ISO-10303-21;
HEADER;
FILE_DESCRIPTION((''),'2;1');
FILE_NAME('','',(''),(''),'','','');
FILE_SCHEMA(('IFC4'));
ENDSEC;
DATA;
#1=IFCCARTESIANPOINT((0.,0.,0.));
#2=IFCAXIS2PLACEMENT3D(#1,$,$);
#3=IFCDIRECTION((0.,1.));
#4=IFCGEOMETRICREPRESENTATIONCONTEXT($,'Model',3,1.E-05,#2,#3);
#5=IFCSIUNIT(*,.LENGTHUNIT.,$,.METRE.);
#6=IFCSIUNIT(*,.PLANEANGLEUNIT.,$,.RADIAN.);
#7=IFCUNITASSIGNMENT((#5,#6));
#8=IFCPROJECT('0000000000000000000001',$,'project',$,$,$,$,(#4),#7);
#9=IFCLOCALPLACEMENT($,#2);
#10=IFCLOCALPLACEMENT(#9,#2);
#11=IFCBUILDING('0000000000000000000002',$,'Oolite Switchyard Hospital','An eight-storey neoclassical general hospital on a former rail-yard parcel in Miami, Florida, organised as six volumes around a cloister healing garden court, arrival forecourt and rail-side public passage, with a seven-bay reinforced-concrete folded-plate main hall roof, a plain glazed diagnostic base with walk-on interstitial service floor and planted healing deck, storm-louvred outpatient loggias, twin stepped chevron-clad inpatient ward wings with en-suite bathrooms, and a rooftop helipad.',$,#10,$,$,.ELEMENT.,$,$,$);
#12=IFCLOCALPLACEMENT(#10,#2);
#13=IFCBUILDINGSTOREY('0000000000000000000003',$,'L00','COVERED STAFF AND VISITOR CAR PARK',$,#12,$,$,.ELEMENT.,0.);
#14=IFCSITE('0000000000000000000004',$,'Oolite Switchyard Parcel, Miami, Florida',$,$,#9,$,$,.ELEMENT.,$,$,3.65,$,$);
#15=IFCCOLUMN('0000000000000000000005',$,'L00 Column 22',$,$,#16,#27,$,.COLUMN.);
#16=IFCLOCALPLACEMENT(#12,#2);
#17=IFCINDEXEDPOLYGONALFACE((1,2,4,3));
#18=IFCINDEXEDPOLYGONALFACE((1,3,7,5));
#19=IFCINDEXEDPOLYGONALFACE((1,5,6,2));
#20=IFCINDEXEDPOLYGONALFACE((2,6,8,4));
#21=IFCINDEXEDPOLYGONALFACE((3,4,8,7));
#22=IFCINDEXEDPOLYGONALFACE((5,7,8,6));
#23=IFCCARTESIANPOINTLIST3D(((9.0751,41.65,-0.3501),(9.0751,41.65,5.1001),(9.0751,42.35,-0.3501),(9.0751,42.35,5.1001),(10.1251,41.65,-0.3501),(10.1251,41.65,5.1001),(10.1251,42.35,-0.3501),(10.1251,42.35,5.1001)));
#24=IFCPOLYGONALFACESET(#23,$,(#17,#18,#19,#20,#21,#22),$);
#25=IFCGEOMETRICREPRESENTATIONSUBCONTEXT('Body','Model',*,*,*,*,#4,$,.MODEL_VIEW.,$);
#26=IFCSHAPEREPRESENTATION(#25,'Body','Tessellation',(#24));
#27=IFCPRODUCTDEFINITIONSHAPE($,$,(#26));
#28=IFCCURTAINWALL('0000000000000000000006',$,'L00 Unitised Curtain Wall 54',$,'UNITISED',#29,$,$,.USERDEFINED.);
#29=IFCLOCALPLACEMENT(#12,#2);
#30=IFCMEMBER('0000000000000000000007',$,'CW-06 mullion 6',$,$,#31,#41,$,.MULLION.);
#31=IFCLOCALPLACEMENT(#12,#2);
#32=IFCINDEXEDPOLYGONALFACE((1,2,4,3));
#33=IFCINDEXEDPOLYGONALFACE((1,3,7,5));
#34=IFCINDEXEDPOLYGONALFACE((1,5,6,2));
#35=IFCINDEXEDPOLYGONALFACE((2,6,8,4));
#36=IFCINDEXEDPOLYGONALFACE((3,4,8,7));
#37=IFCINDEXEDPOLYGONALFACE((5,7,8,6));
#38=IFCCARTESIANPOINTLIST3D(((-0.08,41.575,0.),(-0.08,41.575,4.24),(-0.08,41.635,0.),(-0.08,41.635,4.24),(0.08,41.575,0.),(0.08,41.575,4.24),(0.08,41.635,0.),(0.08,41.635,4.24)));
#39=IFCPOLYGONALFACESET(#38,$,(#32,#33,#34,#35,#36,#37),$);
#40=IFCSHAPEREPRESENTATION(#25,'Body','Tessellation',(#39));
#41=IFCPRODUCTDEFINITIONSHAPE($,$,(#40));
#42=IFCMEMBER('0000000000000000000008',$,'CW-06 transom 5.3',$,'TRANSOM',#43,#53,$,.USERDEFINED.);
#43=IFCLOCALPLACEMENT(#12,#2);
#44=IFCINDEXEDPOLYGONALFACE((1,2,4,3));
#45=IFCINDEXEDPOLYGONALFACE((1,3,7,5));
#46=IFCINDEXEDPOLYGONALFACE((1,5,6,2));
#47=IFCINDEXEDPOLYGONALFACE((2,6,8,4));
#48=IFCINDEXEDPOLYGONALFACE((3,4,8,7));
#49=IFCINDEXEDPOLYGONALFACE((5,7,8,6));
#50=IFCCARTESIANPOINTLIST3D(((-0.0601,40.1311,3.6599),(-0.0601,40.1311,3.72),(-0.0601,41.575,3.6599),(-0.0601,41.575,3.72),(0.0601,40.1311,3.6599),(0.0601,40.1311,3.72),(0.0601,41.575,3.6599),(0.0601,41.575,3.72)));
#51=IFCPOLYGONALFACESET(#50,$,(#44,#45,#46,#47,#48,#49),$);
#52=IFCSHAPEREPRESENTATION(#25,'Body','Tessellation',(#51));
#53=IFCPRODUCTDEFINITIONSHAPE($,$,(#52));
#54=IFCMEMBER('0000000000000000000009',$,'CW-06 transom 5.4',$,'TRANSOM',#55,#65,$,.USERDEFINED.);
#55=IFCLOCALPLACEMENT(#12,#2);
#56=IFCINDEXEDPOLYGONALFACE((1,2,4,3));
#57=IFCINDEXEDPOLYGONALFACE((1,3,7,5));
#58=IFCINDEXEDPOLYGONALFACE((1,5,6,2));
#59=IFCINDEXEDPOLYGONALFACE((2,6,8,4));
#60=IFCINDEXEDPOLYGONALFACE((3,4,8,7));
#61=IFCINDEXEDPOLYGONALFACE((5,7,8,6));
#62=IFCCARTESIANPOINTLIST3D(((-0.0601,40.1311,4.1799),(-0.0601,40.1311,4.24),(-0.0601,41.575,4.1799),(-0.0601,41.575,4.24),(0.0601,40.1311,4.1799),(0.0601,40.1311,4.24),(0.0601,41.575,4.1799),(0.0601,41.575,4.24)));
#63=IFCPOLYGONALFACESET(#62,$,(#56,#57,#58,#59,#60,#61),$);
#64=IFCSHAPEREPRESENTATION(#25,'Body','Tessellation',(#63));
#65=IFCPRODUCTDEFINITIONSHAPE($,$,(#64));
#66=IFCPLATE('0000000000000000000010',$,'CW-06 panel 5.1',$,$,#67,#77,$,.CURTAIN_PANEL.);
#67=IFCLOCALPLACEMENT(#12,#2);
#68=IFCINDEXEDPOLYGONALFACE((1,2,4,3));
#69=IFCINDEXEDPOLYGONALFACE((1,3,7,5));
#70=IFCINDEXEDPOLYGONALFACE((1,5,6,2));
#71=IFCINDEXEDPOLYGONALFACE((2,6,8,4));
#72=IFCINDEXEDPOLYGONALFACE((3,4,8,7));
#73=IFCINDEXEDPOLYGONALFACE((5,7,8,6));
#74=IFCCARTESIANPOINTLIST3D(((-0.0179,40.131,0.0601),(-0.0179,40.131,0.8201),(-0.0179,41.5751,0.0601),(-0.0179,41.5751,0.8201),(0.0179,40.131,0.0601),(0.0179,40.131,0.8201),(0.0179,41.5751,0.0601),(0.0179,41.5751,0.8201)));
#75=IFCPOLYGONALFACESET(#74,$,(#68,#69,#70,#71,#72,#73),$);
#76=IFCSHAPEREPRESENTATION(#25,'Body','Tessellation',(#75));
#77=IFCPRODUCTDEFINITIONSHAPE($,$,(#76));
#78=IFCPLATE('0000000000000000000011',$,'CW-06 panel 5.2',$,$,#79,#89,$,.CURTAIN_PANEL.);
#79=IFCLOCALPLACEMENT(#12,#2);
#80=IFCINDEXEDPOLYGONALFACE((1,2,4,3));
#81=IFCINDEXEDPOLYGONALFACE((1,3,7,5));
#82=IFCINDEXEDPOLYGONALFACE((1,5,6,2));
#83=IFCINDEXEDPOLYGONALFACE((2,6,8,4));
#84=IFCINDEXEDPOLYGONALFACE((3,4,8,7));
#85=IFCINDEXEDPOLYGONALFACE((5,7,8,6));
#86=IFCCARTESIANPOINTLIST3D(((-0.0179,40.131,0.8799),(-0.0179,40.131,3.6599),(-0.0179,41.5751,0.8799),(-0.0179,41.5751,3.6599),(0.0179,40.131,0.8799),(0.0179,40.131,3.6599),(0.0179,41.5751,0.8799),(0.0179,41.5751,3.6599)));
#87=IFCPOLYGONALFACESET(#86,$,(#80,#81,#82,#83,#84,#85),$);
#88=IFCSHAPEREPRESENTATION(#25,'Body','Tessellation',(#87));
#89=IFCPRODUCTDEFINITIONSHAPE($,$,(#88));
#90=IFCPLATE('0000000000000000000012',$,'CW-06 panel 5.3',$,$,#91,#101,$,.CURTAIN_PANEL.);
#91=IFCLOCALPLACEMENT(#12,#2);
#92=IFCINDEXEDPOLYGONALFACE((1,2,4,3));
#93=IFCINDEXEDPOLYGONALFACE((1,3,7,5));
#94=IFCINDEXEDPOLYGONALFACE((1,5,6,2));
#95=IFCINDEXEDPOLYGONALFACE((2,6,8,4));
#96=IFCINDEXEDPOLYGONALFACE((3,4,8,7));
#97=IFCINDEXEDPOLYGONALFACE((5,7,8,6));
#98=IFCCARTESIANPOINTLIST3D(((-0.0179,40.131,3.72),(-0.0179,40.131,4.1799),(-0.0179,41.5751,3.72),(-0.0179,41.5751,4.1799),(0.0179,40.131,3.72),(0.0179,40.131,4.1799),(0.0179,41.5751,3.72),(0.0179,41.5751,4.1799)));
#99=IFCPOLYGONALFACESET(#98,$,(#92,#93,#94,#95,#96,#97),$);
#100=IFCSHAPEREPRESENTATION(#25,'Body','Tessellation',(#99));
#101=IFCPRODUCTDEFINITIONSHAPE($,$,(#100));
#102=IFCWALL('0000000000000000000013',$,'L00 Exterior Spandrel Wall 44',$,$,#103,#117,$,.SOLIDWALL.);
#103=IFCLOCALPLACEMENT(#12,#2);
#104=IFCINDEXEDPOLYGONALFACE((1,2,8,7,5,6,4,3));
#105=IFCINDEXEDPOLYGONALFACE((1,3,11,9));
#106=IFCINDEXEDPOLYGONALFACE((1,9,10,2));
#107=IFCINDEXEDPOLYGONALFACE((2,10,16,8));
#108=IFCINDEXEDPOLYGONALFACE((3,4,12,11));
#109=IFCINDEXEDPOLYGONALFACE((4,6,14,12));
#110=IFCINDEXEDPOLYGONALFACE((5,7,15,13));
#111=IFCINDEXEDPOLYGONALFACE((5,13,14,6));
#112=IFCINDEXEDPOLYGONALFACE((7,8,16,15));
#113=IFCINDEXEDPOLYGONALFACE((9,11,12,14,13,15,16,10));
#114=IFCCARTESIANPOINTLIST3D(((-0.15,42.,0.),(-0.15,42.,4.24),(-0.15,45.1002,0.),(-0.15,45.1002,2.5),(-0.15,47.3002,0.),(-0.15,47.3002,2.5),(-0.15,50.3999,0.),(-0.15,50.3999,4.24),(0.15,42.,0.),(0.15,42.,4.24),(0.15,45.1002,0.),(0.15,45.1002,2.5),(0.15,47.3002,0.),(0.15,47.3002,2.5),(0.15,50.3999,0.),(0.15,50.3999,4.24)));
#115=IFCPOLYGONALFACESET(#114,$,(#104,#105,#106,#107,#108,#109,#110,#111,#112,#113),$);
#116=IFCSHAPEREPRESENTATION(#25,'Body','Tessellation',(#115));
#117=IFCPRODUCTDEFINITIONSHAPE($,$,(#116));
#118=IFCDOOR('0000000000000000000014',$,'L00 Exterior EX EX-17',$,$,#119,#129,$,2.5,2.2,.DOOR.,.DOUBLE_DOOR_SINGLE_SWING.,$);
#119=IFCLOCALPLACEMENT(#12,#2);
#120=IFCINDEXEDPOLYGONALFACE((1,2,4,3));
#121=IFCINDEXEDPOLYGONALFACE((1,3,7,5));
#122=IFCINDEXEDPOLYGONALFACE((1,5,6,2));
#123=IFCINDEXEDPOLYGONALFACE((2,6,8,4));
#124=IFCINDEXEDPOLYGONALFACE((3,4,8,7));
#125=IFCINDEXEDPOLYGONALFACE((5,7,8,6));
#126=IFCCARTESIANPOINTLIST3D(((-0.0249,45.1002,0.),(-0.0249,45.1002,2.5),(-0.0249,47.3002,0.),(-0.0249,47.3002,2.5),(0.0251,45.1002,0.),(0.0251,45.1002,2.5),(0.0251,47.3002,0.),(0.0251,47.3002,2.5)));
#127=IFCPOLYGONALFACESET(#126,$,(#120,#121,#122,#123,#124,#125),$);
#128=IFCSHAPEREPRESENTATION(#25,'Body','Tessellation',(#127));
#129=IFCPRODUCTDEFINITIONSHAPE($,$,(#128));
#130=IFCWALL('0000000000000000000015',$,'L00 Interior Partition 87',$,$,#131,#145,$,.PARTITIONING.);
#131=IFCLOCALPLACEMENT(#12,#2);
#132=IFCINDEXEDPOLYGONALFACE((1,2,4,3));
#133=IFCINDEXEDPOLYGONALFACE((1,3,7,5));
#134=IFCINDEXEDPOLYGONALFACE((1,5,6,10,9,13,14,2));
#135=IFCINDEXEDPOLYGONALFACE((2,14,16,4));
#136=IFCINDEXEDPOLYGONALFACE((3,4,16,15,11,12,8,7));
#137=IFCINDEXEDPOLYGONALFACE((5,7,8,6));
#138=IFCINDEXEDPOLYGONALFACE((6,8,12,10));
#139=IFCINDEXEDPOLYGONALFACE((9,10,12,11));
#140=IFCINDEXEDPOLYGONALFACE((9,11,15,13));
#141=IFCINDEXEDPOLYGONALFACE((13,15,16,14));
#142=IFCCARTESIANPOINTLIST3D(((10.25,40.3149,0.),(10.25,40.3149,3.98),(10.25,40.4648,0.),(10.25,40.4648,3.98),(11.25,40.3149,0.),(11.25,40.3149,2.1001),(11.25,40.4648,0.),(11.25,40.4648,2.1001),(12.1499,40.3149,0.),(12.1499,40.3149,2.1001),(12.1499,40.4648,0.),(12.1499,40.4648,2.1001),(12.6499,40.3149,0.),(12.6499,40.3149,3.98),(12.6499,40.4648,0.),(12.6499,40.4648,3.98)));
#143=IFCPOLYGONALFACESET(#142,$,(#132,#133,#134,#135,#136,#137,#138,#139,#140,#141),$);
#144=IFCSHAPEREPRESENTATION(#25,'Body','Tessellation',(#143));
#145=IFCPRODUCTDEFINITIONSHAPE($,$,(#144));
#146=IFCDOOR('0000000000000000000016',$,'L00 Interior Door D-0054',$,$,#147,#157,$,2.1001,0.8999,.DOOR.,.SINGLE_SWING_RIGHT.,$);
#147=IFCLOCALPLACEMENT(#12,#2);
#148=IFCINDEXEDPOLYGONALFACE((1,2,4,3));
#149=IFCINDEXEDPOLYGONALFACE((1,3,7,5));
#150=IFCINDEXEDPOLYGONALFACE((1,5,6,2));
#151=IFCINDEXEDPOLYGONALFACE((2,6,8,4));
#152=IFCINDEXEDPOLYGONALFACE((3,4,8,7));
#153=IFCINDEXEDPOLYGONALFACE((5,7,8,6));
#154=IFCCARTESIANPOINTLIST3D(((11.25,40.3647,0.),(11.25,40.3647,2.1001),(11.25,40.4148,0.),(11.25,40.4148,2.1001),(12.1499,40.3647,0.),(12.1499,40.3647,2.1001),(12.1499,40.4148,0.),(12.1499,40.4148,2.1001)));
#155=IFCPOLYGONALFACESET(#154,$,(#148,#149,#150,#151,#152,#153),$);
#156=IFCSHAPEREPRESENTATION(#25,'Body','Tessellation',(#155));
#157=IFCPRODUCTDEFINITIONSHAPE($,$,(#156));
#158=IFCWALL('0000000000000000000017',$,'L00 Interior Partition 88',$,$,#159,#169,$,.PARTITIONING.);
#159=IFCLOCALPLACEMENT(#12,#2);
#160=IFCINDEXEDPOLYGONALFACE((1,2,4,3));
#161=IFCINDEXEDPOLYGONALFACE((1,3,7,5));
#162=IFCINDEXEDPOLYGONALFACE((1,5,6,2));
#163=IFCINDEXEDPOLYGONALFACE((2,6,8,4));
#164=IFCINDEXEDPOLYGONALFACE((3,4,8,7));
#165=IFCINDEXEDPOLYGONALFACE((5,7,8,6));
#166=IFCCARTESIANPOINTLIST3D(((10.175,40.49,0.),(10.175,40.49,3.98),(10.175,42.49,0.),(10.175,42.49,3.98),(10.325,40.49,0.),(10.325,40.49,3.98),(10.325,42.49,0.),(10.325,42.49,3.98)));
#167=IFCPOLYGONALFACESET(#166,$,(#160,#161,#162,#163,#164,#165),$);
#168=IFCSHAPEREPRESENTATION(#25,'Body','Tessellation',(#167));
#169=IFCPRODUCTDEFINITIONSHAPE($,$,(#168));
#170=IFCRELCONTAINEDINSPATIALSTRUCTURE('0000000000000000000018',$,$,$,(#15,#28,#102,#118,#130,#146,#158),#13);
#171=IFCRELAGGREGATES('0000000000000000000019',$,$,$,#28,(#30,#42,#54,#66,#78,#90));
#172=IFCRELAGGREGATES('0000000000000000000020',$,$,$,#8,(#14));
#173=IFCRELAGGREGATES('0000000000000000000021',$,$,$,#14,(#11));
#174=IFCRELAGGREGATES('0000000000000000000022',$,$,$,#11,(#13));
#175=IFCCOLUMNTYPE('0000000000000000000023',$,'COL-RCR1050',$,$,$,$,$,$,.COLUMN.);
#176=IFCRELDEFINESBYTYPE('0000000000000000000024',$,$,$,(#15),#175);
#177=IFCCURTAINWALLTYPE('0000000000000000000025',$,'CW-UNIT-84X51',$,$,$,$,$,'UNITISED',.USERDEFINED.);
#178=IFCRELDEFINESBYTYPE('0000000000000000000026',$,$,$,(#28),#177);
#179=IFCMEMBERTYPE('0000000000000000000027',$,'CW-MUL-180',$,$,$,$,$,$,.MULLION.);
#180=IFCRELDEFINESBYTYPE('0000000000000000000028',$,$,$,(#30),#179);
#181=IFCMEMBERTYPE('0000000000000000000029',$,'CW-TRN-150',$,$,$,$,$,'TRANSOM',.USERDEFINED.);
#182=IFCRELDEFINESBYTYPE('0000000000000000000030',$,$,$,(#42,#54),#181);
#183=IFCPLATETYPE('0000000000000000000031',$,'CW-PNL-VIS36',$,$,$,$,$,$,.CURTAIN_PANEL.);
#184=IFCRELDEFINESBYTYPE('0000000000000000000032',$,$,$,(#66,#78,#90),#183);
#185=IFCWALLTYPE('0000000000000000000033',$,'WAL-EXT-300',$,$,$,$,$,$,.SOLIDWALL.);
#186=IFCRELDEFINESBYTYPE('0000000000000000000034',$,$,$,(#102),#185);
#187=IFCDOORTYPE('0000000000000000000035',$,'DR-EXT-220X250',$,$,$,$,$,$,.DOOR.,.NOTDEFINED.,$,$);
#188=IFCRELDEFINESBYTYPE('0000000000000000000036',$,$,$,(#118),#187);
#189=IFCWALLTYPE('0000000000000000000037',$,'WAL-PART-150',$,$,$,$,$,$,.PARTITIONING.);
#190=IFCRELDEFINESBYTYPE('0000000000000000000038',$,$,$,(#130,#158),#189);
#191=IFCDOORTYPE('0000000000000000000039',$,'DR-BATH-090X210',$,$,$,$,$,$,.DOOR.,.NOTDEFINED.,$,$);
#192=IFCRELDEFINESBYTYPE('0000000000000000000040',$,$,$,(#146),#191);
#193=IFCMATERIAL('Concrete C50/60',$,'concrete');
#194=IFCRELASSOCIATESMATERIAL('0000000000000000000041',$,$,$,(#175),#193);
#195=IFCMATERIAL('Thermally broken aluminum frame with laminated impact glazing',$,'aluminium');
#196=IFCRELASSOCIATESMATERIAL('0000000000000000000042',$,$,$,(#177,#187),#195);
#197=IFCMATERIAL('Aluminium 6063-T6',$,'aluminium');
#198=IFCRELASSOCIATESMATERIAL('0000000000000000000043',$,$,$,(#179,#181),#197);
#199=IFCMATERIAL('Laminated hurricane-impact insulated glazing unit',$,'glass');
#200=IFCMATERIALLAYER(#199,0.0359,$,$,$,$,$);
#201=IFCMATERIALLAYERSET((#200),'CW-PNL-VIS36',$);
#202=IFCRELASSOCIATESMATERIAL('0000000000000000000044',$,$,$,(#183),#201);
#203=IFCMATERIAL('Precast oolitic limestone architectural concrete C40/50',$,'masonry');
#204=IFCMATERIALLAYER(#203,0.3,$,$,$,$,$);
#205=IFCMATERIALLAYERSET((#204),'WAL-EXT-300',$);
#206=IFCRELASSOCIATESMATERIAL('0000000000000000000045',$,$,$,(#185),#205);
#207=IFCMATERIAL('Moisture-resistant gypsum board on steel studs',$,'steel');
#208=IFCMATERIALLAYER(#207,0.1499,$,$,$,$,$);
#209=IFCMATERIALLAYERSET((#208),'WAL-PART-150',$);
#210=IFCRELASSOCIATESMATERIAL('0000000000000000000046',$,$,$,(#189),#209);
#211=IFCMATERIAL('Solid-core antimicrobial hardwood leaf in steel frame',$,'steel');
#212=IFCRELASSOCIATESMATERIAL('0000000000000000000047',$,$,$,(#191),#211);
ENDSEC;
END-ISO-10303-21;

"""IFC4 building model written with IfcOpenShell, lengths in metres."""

from ifc_helpers import new_model, si_unit, direction, frame, frame_2d, origin, origin_2d, place, context, subcontext, project, spatial, rectangle, extrude, material, layer, layer_set, material_profile, profile_set, type_object, element, fill, aggregate, save


model = new_model("IFC4")

# Units and contexts
model_context = context("Model", 3, precision=1e-05, world=origin(), true_north=direction((0.0, 1.0)))
body_context = subcontext(model_context, "Body", "Model", "MODEL_VIEW")
ifc_project = project(units=[si_unit("LENGTHUNIT", "METRE"), si_unit("PLANEANGLEUNIT", "RADIAN")], contexts=[model_context])

# Site, building, storey
site_placement = place(None, origin())
site = spatial("IfcSite", under=ifc_project, at=site_placement, Name="Oolite Switchyard Parcel, Miami, Florida", CompositionType="ELEMENT", RefElevation=3.65)
building_placement = place(site_placement, origin())
building = spatial("IfcBuilding", under=site, at=building_placement, Name="Oolite Switchyard Hospital", Description="An eight-storey neoclassical general hospital on a former rail-yard parcel in Miami, Florida, organised as six volumes around a cloister healing garden court, arrival forecourt and rail-side public passage, with a seven-bay reinforced-concrete folded-plate main hall roof, a plain glazed diagnostic base with walk-on interstitial service floor and planted healing deck, storm-louvred outpatient loggias, twin stepped chevron-clad inpatient ward wings with en-suite bathrooms, and a rooftop helipad.", CompositionType="ELEMENT")
storey_placement = place(building_placement, origin())
storey = spatial("IfcBuildingStorey", under=building, at=storey_placement, Name="L00", Description="COVERED STAFF AND VISITOR CAR PARK", CompositionType="ELEMENT", Elevation=0.0)

# Column
ifc_material_1 = material(Name="Concrete C50/60", Category="concrete")
ifc_material_profile_1 = material_profile(ifc_material_1, rectangle(XDim=1.05, YDim=0.7, at=origin_2d()), Name="RC1050X700")
ifc_profile_set_1 = profile_set([ifc_material_profile_1], Name="Concrete C50/60")
column_type = type_object("IfcColumnType", Name="COL-RCR1050", PredefinedType="COLUMN", material=ifc_profile_set_1)
for number, where, z_axis, x_axis, name in (
    (1, (9.6001, 42.0, -0.3501), (0.0, 0.0, 1.0), (1.0, 0.0, 0.0), "L00 Column 22"),
):
    element("IfcColumn", number, at=place(storey_placement, frame(where, z_axis=z_axis, x_axis=x_axis)), inside=storey, type_object=column_type, Name=name, PredefinedType="COLUMN", context=body_context, shape_type="SweptSolid", body=[
        extrude(rectangle(XDim=1.05, YDim=0.7, at=origin_2d()), origin(), (0.0, 0.0, 1.0), 5.4502),
    ])

# Curtain wall, members, plates
ifc_material_2 = material(Name="Thermally broken aluminum frame with laminated impact glazing", Category="aluminium")
curtain_wall_type = type_object("IfcCurtainWallType", Name="CW-UNIT-84X51", ElementType="UNITISED", PredefinedType="USERDEFINED", material=ifc_material_2)
curtain_wall_placement = place(storey_placement, origin())
curtain_wall = element("IfcCurtainWall", 2, at=curtain_wall_placement, inside=storey, type_object=curtain_wall_type, Name="L00 Unitised Curtain Wall 54", ObjectType="UNITISED", PredefinedType="USERDEFINED")
ifc_material_3 = material(Name="Aluminium 6063-T6", Category="aluminium")
ifc_material_profile_2 = material_profile(ifc_material_3, rectangle(XDim=0.1599, YDim=0.0601, at=origin_2d()), Name="CWM60X160")
ifc_profile_set_2 = profile_set([ifc_material_profile_2], Name="Aluminium 6063-T6")
member_type_1 = type_object("IfcMemberType", Name="CW-MUL-180", PredefinedType="MULLION", material=ifc_profile_set_2)
member_1_placement = place(storey_placement, frame((0.0, 41.605, 0.0), z_axis=(0.0, 0.0, 1.0), x_axis=(-1.0, 0.0, 0.0)))
member_1 = element("IfcMember", 3, at=member_1_placement, type_object=member_type_1, Name="CW-06 mullion 6", PredefinedType="MULLION", context=body_context, shape_type="SweptSolid", body=[
    extrude(rectangle(XDim=0.1599, YDim=0.0601, at=origin_2d()), origin(), (0.0, 0.0, 1.0), 4.24),
])
ifc_material_profile_3 = material_profile(ifc_material_3, rectangle(XDim=0.1201, YDim=0.0601, at=origin_2d()), Name="CWT60X120")
ifc_profile_set_3 = profile_set([ifc_material_profile_3], Name="Aluminium 6063-T6")
member_type_2 = type_object("IfcMemberType", Name="CW-TRN-150", ElementType="TRANSOM", PredefinedType="USERDEFINED", material=ifc_profile_set_3)
member_2_placement = place(storey_placement, frame((0.0, 40.1311, 3.6899), z_axis=(0.0, 1.0, 0.0), x_axis=(-1.0, 0.0, 0.0)))
member_2 = element("IfcMember", 4, at=member_2_placement, type_object=member_type_2, Name="CW-06 transom 5.3", ObjectType="TRANSOM", PredefinedType="USERDEFINED", context=body_context, shape_type="SweptSolid", body=[
    extrude(rectangle(XDim=0.1201, YDim=0.0601, at=origin_2d()), origin(), (0.0, 0.0, 1.0), 1.4438),
])
member_3_placement = place(storey_placement, frame((0.0, 40.1311, 4.21), z_axis=(0.0, 1.0, 0.0), x_axis=(-1.0, 0.0, 0.0)))
member_3 = element("IfcMember", 5, at=member_3_placement, type_object=member_type_2, Name="CW-06 transom 5.4", ObjectType="TRANSOM", PredefinedType="USERDEFINED", context=body_context, shape_type="SweptSolid", body=[
    extrude(rectangle(XDim=0.1201, YDim=0.0601, at=origin_2d()), origin(), (0.0, 0.0, 1.0), 1.4438),
])
ifc_material_4 = material(Name="Laminated hurricane-impact insulated glazing unit", Category="glass")
ifc_layer_1 = layer(ifc_material_4, 0.0359)
ifc_layer_set_1 = layer_set([ifc_layer_1], Name="CW-PNL-VIS36")
plate_type = type_object("IfcPlateType", Name="CW-PNL-VIS36", PredefinedType="CURTAIN_PANEL", material=ifc_layer_set_1)
plate_1_placement = place(storey_placement, frame((0.0, 40.853, 0.0601), z_axis=(0.0, 0.0, 1.0), x_axis=(0.0, 1.0, 0.0)))
plate_1 = element("IfcPlate", 6, at=plate_1_placement, type_object=plate_type, Name="CW-06 panel 5.1", PredefinedType="CURTAIN_PANEL", context=body_context, shape_type="SweptSolid", body=[
    extrude(rectangle(XDim=1.4441, YDim=0.0359, at=origin_2d()), origin(), (0.0, 0.0, 1.0), 0.76),
])
plate_2_placement = place(storey_placement, frame((0.0, 40.853, 0.8799), z_axis=(0.0, 0.0, 1.0), x_axis=(0.0, 1.0, 0.0)))
plate_2 = element("IfcPlate", 7, at=plate_2_placement, type_object=plate_type, Name="CW-06 panel 5.2", PredefinedType="CURTAIN_PANEL", context=body_context, shape_type="SweptSolid", body=[
    extrude(rectangle(XDim=1.4441, YDim=0.0359, at=origin_2d()), origin(), (0.0, 0.0, 1.0), 2.78),
])
plate_3_placement = place(storey_placement, frame((0.0, 40.853, 3.72), z_axis=(0.0, 0.0, 1.0), x_axis=(0.0, 1.0, 0.0)))
plate_3 = element("IfcPlate", 8, at=plate_3_placement, type_object=plate_type, Name="CW-06 panel 5.3", PredefinedType="CURTAIN_PANEL", context=body_context, shape_type="SweptSolid", body=[
    extrude(rectangle(XDim=1.4441, YDim=0.0359, at=origin_2d()), origin(), (0.0, 0.0, 1.0), 0.46),
])
aggregate(curtain_wall, [member_1, member_2, member_3, plate_1, plate_2, plate_3])

# Walls, openings, doors
ifc_material_5 = material(Name="Precast oolitic limestone architectural concrete C40/50", Category="masonry")
ifc_layer_2 = layer(ifc_material_5, 0.3)
ifc_layer_set_2 = layer_set([ifc_layer_2], Name="WAL-EXT-300")
wall_type_1 = type_object("IfcWallType", Name="WAL-EXT-300", PredefinedType="SOLIDWALL", material=ifc_layer_set_2)
wall_1_placement = place(storey_placement, frame((0.0, 42.0, 0.0), z_axis=(0.0, 0.0, 1.0), x_axis=(0.0, 1.0, 0.0)))
wall_1 = element("IfcWall", 9, at=wall_1_placement, inside=storey, type_object=wall_type_1, Name="L00 Exterior Spandrel Wall 44", PredefinedType="SOLIDWALL", context=body_context, shape_type="SweptSolid", body=[
    extrude(rectangle(XDim=8.3999, YDim=0.3, at=frame_2d((4.2, 0.0))), origin(), (0.0, 0.0, 1.0), 4.24),
])
opening_1_placement = place(wall_1_placement, frame((3.1001, 0.0, 0.0)))
opening_1 = element("IfcOpeningElement", 10, at=opening_1_placement, cuts=wall_1, PredefinedType="OPENING", context=body_context, shape_type="SweptSolid", body=[
    extrude(rectangle(XDim=2.2, YDim=2.5, at=frame_2d((1.1001, 1.25))), frame((0.0, 0.1602, 0.0), z_axis=(0.0, -1.0, 0.0), x_axis=(1.0, 0.0, 0.0)), (0.0, 0.0, 1.0), 0.3201),
])
door_type_1 = type_object("IfcDoorType", Name="DR-EXT-220X250", OperationType="NOTDEFINED", PredefinedType="DOOR", material=ifc_material_2)
door_1_placement = place(opening_1_placement, origin())
door_1 = element("IfcDoor", 11, at=door_1_placement, inside=storey, type_object=door_type_1, Name="L00 Exterior EX EX-17", OperationType="DOUBLE_DOOR_SINGLE_SWING", OverallHeight=2.5, OverallWidth=2.2, PredefinedType="DOOR", context=body_context, shape_type="SweptSolid", body=[
    extrude(rectangle(XDim=2.2, YDim=2.5, at=frame_2d((1.1001, 1.25))), frame((0.0, 0.0249, 0.0), z_axis=(0.0, -1.0, 0.0), x_axis=(1.0, 0.0, 0.0)), (0.0, 0.0, 1.0), 0.05),
])
fill(opening_1, door_1)
ifc_material_6 = material(Name="Moisture-resistant gypsum board on steel studs", Category="steel")
ifc_layer_3 = layer(ifc_material_6, 0.1499)
ifc_layer_set_3 = layer_set([ifc_layer_3], Name="WAL-PART-150")
wall_type_2 = type_object("IfcWallType", Name="WAL-PART-150", PredefinedType="PARTITIONING", material=ifc_layer_set_3)
wall_2_placement = place(storey_placement, frame((10.25, 40.3899, 0.0), z_axis=(0.0, 0.0, 1.0), x_axis=(1.0, 0.0, 0.0)))
wall_2 = element("IfcWall", 12, at=wall_2_placement, inside=storey, type_object=wall_type_2, Name="L00 Interior Partition 87", PredefinedType="PARTITIONING", context=body_context, shape_type="SweptSolid", body=[
    extrude(rectangle(XDim=2.3999, YDim=0.1499, at=frame_2d((1.2, 0.0))), origin(), (0.0, 0.0, 1.0), 3.98),
])
opening_2_placement = place(wall_2_placement, frame((1.0, 0.0, 0.0)))
opening_2 = element("IfcOpeningElement", 13, at=opening_2_placement, cuts=wall_2, PredefinedType="OPENING", context=body_context, shape_type="SweptSolid", body=[
    extrude(rectangle(XDim=0.8999, YDim=2.1001, at=frame_2d((0.45, 1.05))), frame((0.0, 0.085, 0.0), z_axis=(0.0, -1.0, 0.0), x_axis=(1.0, 0.0, 0.0)), (0.0, 0.0, 1.0), 0.1699),
])
ifc_material_7 = material(Name="Solid-core antimicrobial hardwood leaf in steel frame", Category="steel")
door_type_2 = type_object("IfcDoorType", Name="DR-BATH-090X210", OperationType="NOTDEFINED", PredefinedType="DOOR", material=ifc_material_7)
door_2_placement = place(opening_2_placement, origin())
door_2 = element("IfcDoor", 14, at=door_2_placement, inside=storey, type_object=door_type_2, Name="L00 Interior Door D-0054", OperationType="SINGLE_SWING_RIGHT", OverallHeight=2.1001, OverallWidth=0.8999, PredefinedType="DOOR", context=body_context, shape_type="SweptSolid", body=[
    extrude(rectangle(XDim=0.8999, YDim=2.1001, at=frame_2d((0.45, 1.05))), frame((0.0, 0.0249, 0.0), z_axis=(0.0, -1.0, 0.0), x_axis=(1.0, 0.0, 0.0)), (0.0, 0.0, 1.0), 0.05),
])
fill(opening_2, door_2)

# Wall
wall_3_placement = place(storey_placement, frame((10.25, 40.49, 0.0), z_axis=(0.0, 0.0, 1.0), x_axis=(0.0, 1.0, 0.0)))
element("IfcWall", 15, at=wall_3_placement, inside=storey, type_object=wall_type_2, Name="L00 Interior Partition 88", PredefinedType="PARTITIONING", context=body_context, shape_type="SweptSolid", body=[
    extrude(rectangle(XDim=2.0, YDim=0.1499, at=frame_2d((1.0, 0.0))), origin(), (0.0, 0.0, 1.0), 3.98),
])

save(model, "model.ifc")
